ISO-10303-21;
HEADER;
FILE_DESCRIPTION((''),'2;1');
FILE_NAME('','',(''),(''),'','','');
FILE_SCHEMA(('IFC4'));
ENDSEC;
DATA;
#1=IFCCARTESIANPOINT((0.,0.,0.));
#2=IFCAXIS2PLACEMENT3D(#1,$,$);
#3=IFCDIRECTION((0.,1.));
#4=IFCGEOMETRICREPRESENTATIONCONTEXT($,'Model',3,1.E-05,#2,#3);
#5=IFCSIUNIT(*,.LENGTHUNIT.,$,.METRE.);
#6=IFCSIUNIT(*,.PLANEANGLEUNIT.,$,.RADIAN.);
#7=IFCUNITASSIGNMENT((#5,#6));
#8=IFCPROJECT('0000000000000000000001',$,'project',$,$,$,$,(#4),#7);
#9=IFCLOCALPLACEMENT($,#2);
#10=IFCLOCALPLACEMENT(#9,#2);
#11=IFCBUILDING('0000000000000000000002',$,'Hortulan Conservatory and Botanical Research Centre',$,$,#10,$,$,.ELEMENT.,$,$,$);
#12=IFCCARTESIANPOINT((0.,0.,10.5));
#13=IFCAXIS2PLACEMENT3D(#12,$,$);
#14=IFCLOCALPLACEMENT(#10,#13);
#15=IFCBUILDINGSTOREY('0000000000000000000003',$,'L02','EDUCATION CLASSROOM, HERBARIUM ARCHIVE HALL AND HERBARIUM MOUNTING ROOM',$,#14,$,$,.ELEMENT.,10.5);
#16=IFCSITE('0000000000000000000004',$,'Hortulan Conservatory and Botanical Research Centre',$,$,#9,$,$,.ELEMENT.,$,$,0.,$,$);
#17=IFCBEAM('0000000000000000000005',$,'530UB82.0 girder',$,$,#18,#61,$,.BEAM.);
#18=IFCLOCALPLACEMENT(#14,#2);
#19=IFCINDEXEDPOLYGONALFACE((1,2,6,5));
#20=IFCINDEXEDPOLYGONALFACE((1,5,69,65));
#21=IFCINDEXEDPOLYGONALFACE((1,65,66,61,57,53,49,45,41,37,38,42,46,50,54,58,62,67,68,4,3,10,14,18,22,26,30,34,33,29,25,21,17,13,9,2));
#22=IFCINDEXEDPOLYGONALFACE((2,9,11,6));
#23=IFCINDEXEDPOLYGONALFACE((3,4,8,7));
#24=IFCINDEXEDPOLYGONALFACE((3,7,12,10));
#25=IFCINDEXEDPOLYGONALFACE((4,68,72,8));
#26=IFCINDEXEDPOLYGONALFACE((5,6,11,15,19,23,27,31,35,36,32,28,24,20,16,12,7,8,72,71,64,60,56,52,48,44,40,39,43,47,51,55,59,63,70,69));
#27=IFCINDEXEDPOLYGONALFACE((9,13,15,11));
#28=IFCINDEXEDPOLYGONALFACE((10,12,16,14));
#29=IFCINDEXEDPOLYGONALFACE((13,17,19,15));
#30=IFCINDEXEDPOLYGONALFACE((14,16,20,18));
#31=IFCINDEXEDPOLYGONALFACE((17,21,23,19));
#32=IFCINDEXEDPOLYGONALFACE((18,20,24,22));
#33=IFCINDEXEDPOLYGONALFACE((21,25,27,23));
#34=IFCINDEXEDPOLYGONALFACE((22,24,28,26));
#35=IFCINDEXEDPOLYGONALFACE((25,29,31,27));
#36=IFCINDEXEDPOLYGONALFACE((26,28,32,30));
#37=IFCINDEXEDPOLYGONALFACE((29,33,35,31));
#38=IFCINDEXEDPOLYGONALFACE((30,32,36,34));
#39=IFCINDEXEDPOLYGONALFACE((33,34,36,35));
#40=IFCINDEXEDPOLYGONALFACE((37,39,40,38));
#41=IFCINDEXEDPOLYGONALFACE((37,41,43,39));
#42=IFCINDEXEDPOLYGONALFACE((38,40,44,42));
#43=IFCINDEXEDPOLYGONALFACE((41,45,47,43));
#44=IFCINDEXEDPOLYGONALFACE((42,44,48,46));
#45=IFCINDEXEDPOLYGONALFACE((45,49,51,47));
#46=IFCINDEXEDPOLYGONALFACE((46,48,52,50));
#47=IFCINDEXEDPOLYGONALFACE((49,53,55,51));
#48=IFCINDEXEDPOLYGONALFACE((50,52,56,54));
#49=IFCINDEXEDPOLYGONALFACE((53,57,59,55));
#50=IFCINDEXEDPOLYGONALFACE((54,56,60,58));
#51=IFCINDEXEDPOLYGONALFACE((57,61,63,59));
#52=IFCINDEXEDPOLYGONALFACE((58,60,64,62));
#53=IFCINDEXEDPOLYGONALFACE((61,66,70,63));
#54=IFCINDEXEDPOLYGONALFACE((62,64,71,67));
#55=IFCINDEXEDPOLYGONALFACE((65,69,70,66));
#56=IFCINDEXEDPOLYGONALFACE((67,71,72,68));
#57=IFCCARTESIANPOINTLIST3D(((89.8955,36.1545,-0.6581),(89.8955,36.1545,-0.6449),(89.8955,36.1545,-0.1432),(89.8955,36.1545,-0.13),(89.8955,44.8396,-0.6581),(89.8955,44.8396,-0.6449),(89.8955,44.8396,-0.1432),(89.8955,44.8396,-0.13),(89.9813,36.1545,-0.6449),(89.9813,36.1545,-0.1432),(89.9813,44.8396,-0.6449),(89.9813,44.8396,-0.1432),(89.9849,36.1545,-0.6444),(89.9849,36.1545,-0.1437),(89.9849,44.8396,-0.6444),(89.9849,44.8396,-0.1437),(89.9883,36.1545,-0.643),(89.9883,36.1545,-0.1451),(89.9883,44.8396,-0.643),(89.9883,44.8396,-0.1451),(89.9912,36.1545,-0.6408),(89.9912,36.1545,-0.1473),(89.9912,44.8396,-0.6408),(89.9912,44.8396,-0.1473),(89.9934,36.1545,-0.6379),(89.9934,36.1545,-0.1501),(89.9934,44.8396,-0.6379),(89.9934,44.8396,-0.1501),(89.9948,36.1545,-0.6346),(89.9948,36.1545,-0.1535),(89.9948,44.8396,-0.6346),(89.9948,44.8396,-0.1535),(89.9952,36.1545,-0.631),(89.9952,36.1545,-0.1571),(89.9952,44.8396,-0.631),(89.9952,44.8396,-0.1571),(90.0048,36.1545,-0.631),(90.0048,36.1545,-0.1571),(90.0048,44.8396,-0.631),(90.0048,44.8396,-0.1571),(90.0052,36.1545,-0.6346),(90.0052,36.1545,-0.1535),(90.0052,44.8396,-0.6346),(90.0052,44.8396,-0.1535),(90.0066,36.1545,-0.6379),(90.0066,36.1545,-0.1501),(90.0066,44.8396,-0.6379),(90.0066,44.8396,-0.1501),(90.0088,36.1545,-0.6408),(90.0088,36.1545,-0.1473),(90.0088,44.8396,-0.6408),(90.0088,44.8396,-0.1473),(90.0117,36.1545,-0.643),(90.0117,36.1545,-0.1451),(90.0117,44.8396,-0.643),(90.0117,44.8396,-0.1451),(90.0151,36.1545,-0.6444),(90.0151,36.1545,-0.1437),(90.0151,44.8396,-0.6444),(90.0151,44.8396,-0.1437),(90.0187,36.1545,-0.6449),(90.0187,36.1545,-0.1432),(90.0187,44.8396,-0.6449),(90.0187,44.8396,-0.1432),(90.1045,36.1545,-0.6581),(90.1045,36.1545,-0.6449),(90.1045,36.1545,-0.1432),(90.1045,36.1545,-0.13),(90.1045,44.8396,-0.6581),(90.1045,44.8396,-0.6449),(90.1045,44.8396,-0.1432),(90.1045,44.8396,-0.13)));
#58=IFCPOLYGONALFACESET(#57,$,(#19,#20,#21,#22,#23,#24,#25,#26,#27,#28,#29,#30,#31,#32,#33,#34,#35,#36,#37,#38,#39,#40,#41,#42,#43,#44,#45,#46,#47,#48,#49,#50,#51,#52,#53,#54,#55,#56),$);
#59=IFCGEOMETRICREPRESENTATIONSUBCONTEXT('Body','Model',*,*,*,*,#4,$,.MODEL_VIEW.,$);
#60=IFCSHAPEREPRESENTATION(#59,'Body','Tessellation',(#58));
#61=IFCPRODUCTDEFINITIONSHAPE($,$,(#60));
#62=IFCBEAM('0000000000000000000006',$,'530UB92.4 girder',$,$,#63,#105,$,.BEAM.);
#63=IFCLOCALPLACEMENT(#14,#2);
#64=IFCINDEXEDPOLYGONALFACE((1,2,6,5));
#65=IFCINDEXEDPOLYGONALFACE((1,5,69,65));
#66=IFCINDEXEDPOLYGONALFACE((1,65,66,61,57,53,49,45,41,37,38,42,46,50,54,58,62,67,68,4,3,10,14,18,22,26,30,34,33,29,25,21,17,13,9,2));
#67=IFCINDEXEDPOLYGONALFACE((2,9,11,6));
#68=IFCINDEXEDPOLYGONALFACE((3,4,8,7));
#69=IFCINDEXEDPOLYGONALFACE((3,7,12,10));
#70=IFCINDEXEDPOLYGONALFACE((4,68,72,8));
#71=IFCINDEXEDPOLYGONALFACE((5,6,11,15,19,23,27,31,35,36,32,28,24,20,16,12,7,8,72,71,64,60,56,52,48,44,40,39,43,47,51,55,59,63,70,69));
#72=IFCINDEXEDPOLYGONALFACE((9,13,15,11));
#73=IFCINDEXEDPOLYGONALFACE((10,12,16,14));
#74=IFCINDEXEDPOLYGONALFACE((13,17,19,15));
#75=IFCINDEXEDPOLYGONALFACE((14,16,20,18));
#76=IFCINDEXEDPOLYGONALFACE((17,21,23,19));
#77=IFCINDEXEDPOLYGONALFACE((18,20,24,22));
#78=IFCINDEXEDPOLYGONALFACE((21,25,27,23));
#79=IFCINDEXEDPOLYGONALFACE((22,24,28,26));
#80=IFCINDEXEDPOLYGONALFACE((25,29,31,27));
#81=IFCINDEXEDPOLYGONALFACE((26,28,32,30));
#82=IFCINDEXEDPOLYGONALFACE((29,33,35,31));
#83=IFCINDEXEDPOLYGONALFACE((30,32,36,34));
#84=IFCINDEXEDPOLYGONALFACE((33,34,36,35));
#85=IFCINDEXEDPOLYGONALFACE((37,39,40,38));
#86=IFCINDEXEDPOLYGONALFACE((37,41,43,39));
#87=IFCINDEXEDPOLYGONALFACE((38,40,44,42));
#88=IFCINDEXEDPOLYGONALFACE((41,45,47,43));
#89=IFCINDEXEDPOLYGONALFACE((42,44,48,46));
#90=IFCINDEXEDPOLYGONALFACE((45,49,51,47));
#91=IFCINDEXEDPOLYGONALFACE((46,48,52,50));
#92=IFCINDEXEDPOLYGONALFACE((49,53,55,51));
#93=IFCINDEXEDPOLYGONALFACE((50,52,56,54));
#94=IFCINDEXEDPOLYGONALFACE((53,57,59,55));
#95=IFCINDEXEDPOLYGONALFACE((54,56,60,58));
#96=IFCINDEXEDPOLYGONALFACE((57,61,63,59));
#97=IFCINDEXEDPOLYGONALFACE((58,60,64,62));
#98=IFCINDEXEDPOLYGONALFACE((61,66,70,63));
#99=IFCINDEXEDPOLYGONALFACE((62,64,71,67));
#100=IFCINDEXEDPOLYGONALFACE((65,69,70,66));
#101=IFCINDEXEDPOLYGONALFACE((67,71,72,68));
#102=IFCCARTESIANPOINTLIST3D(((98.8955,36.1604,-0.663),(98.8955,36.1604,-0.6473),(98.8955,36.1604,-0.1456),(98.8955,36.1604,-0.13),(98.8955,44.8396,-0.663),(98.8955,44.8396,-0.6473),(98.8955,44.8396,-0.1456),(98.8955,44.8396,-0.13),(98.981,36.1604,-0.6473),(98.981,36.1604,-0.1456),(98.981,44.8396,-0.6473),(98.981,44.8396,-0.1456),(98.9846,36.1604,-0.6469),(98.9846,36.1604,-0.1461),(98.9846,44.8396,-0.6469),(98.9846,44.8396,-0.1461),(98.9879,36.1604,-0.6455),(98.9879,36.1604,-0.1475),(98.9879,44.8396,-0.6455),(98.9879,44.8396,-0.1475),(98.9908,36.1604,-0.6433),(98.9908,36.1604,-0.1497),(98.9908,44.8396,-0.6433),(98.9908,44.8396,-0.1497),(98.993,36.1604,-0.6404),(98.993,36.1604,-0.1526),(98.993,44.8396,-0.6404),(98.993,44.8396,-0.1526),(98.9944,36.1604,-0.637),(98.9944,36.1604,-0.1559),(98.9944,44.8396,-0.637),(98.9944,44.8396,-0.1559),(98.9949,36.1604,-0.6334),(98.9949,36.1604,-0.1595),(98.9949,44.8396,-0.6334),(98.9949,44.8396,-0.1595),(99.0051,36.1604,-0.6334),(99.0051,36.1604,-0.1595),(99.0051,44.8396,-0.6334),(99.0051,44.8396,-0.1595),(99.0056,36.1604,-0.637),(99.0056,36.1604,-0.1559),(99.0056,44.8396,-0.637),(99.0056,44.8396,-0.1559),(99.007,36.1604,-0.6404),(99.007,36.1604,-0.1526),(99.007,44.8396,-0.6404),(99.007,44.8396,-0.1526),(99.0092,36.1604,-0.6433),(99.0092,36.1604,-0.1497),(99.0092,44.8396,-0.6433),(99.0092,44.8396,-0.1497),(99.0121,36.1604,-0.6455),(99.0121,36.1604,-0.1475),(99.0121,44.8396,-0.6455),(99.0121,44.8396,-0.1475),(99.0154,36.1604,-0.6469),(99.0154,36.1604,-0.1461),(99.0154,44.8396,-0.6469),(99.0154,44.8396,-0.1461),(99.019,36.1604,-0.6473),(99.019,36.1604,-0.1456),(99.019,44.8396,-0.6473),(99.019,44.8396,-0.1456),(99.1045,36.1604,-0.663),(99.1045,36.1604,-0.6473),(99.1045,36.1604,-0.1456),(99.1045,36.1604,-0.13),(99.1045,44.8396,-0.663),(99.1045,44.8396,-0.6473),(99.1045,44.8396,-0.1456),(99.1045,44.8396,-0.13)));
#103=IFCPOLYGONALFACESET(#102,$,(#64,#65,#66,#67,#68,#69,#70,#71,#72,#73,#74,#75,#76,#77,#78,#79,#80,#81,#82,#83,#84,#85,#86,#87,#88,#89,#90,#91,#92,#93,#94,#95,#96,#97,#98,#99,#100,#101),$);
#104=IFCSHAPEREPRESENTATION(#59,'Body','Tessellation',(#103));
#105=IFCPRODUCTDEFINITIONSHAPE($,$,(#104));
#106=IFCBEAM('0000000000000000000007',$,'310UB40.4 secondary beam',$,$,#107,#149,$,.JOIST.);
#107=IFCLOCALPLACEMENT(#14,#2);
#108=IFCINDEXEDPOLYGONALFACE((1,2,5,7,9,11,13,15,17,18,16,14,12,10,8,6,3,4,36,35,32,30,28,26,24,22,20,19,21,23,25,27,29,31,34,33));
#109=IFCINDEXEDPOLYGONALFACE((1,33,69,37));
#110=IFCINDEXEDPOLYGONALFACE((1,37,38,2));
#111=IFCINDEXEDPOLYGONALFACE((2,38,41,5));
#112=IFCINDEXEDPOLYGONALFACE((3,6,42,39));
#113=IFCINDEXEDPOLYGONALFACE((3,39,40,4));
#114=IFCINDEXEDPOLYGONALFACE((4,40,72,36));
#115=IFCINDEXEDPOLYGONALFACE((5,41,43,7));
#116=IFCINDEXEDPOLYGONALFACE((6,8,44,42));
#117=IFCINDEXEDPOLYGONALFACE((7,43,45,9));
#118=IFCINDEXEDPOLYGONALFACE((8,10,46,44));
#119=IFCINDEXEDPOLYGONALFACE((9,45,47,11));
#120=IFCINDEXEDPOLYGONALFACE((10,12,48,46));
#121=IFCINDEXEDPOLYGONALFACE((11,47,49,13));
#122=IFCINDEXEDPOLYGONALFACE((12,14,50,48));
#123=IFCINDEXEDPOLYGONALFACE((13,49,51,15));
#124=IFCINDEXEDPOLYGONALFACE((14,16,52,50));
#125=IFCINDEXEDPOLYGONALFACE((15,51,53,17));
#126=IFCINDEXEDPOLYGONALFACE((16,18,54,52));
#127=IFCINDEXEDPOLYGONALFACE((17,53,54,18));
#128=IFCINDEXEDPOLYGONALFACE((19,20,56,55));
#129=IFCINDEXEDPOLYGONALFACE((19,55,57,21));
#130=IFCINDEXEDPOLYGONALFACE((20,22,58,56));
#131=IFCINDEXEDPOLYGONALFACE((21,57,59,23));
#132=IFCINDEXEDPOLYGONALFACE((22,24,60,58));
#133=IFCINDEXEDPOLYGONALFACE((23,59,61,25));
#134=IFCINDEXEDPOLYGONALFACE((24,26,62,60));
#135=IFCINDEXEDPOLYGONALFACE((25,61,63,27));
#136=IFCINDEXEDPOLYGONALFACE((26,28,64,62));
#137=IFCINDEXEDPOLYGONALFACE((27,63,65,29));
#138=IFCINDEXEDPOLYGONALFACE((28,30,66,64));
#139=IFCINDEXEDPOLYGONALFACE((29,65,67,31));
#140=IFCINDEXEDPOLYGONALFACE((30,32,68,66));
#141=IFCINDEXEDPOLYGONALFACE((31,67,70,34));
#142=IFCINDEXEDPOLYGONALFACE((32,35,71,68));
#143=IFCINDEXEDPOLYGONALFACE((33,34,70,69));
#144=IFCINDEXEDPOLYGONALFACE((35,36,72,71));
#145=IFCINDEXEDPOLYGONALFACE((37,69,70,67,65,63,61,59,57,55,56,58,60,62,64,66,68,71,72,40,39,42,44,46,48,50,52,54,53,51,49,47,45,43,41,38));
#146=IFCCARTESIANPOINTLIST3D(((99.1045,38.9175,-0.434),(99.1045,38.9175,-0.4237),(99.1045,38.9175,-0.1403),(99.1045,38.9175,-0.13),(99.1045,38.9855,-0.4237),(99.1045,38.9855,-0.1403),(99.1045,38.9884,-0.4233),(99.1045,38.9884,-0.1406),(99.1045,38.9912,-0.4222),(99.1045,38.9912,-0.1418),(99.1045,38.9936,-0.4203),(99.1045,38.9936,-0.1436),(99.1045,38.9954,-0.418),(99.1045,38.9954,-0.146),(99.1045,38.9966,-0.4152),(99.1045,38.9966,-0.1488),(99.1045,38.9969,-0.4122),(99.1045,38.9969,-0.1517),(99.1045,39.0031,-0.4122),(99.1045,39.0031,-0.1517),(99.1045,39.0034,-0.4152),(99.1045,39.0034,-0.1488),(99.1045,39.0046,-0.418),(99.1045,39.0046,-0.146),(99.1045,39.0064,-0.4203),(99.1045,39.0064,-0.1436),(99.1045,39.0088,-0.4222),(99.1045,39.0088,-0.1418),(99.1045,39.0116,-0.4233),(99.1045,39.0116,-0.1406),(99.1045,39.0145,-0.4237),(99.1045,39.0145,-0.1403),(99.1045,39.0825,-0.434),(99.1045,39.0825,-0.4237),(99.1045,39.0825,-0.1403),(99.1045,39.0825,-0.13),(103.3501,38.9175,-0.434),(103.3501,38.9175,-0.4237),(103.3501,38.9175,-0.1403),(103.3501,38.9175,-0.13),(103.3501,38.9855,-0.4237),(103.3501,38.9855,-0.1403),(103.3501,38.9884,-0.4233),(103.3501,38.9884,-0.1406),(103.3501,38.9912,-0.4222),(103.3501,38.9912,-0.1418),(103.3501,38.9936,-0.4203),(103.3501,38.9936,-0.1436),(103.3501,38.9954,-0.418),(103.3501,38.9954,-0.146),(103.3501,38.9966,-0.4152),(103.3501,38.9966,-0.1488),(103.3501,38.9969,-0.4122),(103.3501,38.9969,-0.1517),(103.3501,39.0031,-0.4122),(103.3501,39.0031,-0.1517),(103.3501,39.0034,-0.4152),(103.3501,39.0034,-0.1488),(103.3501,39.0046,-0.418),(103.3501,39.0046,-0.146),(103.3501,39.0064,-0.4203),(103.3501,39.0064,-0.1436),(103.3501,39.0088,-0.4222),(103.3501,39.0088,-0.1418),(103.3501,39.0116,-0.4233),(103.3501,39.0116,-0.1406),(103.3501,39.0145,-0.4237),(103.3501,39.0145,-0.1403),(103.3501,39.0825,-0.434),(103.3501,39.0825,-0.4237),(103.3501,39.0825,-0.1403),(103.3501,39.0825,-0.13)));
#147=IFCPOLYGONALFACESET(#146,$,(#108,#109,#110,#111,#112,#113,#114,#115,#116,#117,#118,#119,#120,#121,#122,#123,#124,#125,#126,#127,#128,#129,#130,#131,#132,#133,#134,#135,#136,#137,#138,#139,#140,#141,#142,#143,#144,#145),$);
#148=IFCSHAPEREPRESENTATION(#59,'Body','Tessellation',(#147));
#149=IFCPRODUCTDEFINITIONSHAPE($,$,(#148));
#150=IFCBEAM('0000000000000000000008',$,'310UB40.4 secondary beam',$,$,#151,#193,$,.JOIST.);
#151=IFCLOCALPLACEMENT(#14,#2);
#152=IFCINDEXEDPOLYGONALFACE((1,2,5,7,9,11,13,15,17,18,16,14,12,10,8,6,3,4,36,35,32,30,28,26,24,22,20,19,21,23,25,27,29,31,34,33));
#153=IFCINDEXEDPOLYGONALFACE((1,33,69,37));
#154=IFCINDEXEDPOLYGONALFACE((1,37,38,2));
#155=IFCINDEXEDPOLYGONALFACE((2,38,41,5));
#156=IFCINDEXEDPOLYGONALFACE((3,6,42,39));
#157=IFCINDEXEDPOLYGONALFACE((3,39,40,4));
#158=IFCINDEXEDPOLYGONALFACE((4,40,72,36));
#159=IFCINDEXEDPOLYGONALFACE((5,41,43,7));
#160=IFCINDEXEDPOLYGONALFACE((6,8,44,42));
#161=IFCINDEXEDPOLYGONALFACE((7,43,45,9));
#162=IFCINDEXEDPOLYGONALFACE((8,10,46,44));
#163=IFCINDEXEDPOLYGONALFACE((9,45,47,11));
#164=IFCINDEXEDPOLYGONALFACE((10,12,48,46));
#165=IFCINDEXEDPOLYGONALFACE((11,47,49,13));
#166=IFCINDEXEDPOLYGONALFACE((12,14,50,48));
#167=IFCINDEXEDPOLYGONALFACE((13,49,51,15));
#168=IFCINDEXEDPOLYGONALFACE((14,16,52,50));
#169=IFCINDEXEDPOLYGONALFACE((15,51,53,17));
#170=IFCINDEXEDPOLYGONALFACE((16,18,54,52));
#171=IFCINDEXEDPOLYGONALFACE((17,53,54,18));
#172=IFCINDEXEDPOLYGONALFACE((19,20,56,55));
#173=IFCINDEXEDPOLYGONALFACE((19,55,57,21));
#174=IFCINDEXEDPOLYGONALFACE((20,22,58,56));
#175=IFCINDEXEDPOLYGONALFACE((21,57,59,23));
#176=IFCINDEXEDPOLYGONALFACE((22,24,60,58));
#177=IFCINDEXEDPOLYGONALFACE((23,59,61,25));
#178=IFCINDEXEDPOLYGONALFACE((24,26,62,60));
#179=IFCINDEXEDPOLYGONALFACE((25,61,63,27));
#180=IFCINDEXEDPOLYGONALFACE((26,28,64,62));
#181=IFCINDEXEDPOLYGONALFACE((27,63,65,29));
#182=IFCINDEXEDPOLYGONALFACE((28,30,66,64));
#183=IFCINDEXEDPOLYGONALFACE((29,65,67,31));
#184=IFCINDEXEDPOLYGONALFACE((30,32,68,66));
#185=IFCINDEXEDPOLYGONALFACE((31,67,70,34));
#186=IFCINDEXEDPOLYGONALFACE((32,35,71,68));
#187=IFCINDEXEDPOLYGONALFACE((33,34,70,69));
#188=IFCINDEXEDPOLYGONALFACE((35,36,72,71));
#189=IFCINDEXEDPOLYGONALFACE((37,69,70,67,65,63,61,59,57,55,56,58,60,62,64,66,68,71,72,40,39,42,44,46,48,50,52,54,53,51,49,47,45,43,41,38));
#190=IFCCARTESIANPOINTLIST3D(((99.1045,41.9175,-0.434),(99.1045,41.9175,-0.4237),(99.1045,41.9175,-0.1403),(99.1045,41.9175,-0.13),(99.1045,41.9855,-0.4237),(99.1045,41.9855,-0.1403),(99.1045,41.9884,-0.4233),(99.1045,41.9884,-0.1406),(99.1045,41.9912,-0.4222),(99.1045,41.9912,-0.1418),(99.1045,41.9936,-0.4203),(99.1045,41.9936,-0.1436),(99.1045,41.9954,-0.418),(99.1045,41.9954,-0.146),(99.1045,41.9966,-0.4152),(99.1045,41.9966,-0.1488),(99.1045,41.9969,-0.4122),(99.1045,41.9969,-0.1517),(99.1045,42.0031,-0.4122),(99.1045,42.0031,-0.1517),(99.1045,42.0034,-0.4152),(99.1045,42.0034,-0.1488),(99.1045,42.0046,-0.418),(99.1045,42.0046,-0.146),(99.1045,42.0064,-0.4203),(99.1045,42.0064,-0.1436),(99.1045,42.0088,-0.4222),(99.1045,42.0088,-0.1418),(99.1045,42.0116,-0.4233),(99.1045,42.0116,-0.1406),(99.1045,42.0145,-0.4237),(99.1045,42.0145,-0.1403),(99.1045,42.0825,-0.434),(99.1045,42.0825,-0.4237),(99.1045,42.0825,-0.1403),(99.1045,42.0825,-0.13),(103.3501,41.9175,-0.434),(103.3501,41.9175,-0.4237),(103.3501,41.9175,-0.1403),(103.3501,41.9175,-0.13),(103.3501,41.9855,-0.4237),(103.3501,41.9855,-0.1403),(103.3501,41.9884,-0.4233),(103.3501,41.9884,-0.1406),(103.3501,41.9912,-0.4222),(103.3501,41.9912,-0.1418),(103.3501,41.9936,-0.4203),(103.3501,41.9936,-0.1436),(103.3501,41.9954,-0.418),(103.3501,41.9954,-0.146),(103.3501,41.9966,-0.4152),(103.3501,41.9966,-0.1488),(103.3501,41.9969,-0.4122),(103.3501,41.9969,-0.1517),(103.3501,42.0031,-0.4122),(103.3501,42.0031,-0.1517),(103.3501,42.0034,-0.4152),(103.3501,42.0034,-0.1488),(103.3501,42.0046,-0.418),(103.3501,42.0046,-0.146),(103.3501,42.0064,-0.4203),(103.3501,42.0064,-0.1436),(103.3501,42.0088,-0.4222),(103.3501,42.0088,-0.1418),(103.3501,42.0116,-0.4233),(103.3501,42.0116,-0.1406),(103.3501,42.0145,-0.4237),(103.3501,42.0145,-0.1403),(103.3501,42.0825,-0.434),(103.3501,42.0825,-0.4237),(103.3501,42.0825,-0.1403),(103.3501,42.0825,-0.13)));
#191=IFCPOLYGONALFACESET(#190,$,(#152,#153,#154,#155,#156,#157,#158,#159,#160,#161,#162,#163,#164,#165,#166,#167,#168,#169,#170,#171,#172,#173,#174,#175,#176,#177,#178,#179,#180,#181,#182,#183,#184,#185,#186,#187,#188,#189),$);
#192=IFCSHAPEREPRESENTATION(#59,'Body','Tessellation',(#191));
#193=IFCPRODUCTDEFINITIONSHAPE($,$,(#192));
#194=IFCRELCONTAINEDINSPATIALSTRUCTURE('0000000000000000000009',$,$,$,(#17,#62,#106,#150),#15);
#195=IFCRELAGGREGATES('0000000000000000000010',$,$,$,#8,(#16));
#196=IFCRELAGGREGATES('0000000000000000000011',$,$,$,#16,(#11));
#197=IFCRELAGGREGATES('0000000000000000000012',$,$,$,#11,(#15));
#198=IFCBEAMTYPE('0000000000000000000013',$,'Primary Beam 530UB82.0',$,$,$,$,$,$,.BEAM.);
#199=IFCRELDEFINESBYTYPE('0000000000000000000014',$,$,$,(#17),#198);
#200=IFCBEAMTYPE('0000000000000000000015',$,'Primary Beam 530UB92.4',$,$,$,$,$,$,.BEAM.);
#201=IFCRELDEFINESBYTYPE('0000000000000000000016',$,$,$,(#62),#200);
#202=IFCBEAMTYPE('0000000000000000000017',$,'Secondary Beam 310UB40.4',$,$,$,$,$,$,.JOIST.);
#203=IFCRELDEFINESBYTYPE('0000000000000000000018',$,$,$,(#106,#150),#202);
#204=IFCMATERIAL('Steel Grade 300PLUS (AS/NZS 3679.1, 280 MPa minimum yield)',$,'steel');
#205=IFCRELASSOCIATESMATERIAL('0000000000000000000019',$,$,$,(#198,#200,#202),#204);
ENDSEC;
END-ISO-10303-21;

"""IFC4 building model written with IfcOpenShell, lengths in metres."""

from ifc_helpers import new_model, si_unit, direction, frame, origin, origin_2d, place, context, subcontext, project, spatial, i_section, extrude, material, material_profile, profile_set, type_object, element, save


model = new_model("IFC4")

# Units and contexts
model_context = context("Model", 3, precision=1e-05, world=origin(), true_north=direction((0.0, 1.0)))
body_context = subcontext(model_context, "Body", "Model", "MODEL_VIEW")
ifc_project = project(units=[si_unit("LENGTHUNIT", "METRE"), si_unit("PLANEANGLEUNIT", "RADIAN")], contexts=[model_context])

# Site, building, storey
site_placement = place(None, origin())
site = spatial("IfcSite", under=ifc_project, at=site_placement, Name="Hortulan Conservatory and Botanical Research Centre", CompositionType="ELEMENT", RefElevation=0.0)
building_placement = place(site_placement, origin())
building = spatial("IfcBuilding", under=site, at=building_placement, Name="Hortulan Conservatory and Botanical Research Centre", CompositionType="ELEMENT")
storey_placement = place(building_placement, frame((0.0, 0.0, 10.5)))
storey = spatial("IfcBuildingStorey", under=building, at=storey_placement, Name="L02", Description="EDUCATION CLASSROOM, HERBARIUM ARCHIVE HALL AND HERBARIUM MOUNTING ROOM", CompositionType="ELEMENT", Elevation=10.5)

# Shared definitions
ifc_material_1 = material(Name="Steel Grade 300PLUS (AS/NZS 3679.1, 280 MPa minimum yield)", Category="steel")

# Beams
ifc_material_profile_1 = material_profile(ifc_material_1, i_section(OverallWidth=0.209, OverallDepth=0.5281, WebThickness=0.0095, FlangeThickness=0.0132, FilletRadius=0.0139, at=origin_2d()), Name="530UB82.0")
ifc_profile_set_1 = profile_set([ifc_material_profile_1], Name="Steel Grade 300PLUS (AS/NZS 3679.1, 280 MPa minimum yield)")
beam_type_1 = type_object("IfcBeamType", Name="Primary Beam 530UB82.0", PredefinedType="BEAM", material=ifc_profile_set_1)
beam_1_placement = place(storey_placement, frame((90.0, 36.1545, -0.394), z_axis=(0.0, 1.0, 0.0), x_axis=(-1.0, 0.0, 0.0)))
element("IfcBeam", 1, at=beam_1_placement, inside=storey, type_object=beam_type_1, Name="530UB82.0 girder", PredefinedType="BEAM", context=body_context, shape_type="SweptSolid", body=[
    extrude(i_section(OverallWidth=0.209, OverallDepth=0.5281, WebThickness=0.0095, FlangeThickness=0.0132, FilletRadius=0.0139, at=origin_2d()), origin(), (0.0, 0.0, 1.0), 8.6851),
])
ifc_material_profile_2 = material_profile(ifc_material_1, i_section(OverallWidth=0.209, OverallDepth=0.533, WebThickness=0.0103, FlangeThickness=0.0156, FilletRadius=0.0139, at=origin_2d()), Name="530UB92.4")
ifc_profile_set_2 = profile_set([ifc_material_profile_2], Name="Steel Grade 300PLUS (AS/NZS 3679.1, 280 MPa minimum yield)")
beam_type_2 = type_object("IfcBeamType", Name="Primary Beam 530UB92.4", PredefinedType="BEAM", material=ifc_profile_set_2)
beam_2_placement = place(storey_placement, frame((99.0, 36.1604, -0.3965), z_axis=(0.0, 1.0, 0.0), x_axis=(-1.0, 0.0, 0.0)))
element("IfcBeam", 2, at=beam_2_placement, inside=storey, type_object=beam_type_2, Name="530UB92.4 girder", PredefinedType="BEAM", context=body_context, shape_type="SweptSolid", body=[
    extrude(i_section(OverallWidth=0.209, OverallDepth=0.533, WebThickness=0.0103, FlangeThickness=0.0156, FilletRadius=0.0139, at=origin_2d()), origin(), (0.0, 0.0, 1.0), 8.6792),
])
ifc_material_profile_3 = material_profile(ifc_material_1, i_section(OverallWidth=0.165, OverallDepth=0.304, WebThickness=0.0061, FlangeThickness=0.0103, FilletRadius=0.0115, at=origin_2d()), Name="310UB40.4")
ifc_profile_set_3 = profile_set([ifc_material_profile_3], Name="Steel Grade 300PLUS (AS/NZS 3679.1, 280 MPa minimum yield)")
beam_type_3 = type_object("IfcBeamType", Name="Secondary Beam 310UB40.4", PredefinedType="JOIST", material=ifc_profile_set_3)
for number, where, z_axis, x_axis, name in (
    (3, (99.1045, 39.0, -0.282), (1.0, 0.0, 0.0), (0.0, 1.0, 0.0), "310UB40.4 secondary beam"),
    (4, (99.1045, 42.0, -0.282), (1.0, 0.0, 0.0), (0.0, 1.0, 0.0), "310UB40.4 secondary beam"),
):
    element("IfcBeam", number, at=place(storey_placement, frame(where, z_axis=z_axis, x_axis=x_axis)), inside=storey, type_object=beam_type_3, Name=name, PredefinedType="JOIST", context=body_context, shape_type="SweptSolid", body=[
        extrude(i_section(OverallWidth=0.165, OverallDepth=0.304, WebThickness=0.0061, FlangeThickness=0.0103, FilletRadius=0.0115, at=origin_2d()), origin(), (0.0, 0.0, 1.0), 4.2456),
    ])

save(model, "model.ifc")
